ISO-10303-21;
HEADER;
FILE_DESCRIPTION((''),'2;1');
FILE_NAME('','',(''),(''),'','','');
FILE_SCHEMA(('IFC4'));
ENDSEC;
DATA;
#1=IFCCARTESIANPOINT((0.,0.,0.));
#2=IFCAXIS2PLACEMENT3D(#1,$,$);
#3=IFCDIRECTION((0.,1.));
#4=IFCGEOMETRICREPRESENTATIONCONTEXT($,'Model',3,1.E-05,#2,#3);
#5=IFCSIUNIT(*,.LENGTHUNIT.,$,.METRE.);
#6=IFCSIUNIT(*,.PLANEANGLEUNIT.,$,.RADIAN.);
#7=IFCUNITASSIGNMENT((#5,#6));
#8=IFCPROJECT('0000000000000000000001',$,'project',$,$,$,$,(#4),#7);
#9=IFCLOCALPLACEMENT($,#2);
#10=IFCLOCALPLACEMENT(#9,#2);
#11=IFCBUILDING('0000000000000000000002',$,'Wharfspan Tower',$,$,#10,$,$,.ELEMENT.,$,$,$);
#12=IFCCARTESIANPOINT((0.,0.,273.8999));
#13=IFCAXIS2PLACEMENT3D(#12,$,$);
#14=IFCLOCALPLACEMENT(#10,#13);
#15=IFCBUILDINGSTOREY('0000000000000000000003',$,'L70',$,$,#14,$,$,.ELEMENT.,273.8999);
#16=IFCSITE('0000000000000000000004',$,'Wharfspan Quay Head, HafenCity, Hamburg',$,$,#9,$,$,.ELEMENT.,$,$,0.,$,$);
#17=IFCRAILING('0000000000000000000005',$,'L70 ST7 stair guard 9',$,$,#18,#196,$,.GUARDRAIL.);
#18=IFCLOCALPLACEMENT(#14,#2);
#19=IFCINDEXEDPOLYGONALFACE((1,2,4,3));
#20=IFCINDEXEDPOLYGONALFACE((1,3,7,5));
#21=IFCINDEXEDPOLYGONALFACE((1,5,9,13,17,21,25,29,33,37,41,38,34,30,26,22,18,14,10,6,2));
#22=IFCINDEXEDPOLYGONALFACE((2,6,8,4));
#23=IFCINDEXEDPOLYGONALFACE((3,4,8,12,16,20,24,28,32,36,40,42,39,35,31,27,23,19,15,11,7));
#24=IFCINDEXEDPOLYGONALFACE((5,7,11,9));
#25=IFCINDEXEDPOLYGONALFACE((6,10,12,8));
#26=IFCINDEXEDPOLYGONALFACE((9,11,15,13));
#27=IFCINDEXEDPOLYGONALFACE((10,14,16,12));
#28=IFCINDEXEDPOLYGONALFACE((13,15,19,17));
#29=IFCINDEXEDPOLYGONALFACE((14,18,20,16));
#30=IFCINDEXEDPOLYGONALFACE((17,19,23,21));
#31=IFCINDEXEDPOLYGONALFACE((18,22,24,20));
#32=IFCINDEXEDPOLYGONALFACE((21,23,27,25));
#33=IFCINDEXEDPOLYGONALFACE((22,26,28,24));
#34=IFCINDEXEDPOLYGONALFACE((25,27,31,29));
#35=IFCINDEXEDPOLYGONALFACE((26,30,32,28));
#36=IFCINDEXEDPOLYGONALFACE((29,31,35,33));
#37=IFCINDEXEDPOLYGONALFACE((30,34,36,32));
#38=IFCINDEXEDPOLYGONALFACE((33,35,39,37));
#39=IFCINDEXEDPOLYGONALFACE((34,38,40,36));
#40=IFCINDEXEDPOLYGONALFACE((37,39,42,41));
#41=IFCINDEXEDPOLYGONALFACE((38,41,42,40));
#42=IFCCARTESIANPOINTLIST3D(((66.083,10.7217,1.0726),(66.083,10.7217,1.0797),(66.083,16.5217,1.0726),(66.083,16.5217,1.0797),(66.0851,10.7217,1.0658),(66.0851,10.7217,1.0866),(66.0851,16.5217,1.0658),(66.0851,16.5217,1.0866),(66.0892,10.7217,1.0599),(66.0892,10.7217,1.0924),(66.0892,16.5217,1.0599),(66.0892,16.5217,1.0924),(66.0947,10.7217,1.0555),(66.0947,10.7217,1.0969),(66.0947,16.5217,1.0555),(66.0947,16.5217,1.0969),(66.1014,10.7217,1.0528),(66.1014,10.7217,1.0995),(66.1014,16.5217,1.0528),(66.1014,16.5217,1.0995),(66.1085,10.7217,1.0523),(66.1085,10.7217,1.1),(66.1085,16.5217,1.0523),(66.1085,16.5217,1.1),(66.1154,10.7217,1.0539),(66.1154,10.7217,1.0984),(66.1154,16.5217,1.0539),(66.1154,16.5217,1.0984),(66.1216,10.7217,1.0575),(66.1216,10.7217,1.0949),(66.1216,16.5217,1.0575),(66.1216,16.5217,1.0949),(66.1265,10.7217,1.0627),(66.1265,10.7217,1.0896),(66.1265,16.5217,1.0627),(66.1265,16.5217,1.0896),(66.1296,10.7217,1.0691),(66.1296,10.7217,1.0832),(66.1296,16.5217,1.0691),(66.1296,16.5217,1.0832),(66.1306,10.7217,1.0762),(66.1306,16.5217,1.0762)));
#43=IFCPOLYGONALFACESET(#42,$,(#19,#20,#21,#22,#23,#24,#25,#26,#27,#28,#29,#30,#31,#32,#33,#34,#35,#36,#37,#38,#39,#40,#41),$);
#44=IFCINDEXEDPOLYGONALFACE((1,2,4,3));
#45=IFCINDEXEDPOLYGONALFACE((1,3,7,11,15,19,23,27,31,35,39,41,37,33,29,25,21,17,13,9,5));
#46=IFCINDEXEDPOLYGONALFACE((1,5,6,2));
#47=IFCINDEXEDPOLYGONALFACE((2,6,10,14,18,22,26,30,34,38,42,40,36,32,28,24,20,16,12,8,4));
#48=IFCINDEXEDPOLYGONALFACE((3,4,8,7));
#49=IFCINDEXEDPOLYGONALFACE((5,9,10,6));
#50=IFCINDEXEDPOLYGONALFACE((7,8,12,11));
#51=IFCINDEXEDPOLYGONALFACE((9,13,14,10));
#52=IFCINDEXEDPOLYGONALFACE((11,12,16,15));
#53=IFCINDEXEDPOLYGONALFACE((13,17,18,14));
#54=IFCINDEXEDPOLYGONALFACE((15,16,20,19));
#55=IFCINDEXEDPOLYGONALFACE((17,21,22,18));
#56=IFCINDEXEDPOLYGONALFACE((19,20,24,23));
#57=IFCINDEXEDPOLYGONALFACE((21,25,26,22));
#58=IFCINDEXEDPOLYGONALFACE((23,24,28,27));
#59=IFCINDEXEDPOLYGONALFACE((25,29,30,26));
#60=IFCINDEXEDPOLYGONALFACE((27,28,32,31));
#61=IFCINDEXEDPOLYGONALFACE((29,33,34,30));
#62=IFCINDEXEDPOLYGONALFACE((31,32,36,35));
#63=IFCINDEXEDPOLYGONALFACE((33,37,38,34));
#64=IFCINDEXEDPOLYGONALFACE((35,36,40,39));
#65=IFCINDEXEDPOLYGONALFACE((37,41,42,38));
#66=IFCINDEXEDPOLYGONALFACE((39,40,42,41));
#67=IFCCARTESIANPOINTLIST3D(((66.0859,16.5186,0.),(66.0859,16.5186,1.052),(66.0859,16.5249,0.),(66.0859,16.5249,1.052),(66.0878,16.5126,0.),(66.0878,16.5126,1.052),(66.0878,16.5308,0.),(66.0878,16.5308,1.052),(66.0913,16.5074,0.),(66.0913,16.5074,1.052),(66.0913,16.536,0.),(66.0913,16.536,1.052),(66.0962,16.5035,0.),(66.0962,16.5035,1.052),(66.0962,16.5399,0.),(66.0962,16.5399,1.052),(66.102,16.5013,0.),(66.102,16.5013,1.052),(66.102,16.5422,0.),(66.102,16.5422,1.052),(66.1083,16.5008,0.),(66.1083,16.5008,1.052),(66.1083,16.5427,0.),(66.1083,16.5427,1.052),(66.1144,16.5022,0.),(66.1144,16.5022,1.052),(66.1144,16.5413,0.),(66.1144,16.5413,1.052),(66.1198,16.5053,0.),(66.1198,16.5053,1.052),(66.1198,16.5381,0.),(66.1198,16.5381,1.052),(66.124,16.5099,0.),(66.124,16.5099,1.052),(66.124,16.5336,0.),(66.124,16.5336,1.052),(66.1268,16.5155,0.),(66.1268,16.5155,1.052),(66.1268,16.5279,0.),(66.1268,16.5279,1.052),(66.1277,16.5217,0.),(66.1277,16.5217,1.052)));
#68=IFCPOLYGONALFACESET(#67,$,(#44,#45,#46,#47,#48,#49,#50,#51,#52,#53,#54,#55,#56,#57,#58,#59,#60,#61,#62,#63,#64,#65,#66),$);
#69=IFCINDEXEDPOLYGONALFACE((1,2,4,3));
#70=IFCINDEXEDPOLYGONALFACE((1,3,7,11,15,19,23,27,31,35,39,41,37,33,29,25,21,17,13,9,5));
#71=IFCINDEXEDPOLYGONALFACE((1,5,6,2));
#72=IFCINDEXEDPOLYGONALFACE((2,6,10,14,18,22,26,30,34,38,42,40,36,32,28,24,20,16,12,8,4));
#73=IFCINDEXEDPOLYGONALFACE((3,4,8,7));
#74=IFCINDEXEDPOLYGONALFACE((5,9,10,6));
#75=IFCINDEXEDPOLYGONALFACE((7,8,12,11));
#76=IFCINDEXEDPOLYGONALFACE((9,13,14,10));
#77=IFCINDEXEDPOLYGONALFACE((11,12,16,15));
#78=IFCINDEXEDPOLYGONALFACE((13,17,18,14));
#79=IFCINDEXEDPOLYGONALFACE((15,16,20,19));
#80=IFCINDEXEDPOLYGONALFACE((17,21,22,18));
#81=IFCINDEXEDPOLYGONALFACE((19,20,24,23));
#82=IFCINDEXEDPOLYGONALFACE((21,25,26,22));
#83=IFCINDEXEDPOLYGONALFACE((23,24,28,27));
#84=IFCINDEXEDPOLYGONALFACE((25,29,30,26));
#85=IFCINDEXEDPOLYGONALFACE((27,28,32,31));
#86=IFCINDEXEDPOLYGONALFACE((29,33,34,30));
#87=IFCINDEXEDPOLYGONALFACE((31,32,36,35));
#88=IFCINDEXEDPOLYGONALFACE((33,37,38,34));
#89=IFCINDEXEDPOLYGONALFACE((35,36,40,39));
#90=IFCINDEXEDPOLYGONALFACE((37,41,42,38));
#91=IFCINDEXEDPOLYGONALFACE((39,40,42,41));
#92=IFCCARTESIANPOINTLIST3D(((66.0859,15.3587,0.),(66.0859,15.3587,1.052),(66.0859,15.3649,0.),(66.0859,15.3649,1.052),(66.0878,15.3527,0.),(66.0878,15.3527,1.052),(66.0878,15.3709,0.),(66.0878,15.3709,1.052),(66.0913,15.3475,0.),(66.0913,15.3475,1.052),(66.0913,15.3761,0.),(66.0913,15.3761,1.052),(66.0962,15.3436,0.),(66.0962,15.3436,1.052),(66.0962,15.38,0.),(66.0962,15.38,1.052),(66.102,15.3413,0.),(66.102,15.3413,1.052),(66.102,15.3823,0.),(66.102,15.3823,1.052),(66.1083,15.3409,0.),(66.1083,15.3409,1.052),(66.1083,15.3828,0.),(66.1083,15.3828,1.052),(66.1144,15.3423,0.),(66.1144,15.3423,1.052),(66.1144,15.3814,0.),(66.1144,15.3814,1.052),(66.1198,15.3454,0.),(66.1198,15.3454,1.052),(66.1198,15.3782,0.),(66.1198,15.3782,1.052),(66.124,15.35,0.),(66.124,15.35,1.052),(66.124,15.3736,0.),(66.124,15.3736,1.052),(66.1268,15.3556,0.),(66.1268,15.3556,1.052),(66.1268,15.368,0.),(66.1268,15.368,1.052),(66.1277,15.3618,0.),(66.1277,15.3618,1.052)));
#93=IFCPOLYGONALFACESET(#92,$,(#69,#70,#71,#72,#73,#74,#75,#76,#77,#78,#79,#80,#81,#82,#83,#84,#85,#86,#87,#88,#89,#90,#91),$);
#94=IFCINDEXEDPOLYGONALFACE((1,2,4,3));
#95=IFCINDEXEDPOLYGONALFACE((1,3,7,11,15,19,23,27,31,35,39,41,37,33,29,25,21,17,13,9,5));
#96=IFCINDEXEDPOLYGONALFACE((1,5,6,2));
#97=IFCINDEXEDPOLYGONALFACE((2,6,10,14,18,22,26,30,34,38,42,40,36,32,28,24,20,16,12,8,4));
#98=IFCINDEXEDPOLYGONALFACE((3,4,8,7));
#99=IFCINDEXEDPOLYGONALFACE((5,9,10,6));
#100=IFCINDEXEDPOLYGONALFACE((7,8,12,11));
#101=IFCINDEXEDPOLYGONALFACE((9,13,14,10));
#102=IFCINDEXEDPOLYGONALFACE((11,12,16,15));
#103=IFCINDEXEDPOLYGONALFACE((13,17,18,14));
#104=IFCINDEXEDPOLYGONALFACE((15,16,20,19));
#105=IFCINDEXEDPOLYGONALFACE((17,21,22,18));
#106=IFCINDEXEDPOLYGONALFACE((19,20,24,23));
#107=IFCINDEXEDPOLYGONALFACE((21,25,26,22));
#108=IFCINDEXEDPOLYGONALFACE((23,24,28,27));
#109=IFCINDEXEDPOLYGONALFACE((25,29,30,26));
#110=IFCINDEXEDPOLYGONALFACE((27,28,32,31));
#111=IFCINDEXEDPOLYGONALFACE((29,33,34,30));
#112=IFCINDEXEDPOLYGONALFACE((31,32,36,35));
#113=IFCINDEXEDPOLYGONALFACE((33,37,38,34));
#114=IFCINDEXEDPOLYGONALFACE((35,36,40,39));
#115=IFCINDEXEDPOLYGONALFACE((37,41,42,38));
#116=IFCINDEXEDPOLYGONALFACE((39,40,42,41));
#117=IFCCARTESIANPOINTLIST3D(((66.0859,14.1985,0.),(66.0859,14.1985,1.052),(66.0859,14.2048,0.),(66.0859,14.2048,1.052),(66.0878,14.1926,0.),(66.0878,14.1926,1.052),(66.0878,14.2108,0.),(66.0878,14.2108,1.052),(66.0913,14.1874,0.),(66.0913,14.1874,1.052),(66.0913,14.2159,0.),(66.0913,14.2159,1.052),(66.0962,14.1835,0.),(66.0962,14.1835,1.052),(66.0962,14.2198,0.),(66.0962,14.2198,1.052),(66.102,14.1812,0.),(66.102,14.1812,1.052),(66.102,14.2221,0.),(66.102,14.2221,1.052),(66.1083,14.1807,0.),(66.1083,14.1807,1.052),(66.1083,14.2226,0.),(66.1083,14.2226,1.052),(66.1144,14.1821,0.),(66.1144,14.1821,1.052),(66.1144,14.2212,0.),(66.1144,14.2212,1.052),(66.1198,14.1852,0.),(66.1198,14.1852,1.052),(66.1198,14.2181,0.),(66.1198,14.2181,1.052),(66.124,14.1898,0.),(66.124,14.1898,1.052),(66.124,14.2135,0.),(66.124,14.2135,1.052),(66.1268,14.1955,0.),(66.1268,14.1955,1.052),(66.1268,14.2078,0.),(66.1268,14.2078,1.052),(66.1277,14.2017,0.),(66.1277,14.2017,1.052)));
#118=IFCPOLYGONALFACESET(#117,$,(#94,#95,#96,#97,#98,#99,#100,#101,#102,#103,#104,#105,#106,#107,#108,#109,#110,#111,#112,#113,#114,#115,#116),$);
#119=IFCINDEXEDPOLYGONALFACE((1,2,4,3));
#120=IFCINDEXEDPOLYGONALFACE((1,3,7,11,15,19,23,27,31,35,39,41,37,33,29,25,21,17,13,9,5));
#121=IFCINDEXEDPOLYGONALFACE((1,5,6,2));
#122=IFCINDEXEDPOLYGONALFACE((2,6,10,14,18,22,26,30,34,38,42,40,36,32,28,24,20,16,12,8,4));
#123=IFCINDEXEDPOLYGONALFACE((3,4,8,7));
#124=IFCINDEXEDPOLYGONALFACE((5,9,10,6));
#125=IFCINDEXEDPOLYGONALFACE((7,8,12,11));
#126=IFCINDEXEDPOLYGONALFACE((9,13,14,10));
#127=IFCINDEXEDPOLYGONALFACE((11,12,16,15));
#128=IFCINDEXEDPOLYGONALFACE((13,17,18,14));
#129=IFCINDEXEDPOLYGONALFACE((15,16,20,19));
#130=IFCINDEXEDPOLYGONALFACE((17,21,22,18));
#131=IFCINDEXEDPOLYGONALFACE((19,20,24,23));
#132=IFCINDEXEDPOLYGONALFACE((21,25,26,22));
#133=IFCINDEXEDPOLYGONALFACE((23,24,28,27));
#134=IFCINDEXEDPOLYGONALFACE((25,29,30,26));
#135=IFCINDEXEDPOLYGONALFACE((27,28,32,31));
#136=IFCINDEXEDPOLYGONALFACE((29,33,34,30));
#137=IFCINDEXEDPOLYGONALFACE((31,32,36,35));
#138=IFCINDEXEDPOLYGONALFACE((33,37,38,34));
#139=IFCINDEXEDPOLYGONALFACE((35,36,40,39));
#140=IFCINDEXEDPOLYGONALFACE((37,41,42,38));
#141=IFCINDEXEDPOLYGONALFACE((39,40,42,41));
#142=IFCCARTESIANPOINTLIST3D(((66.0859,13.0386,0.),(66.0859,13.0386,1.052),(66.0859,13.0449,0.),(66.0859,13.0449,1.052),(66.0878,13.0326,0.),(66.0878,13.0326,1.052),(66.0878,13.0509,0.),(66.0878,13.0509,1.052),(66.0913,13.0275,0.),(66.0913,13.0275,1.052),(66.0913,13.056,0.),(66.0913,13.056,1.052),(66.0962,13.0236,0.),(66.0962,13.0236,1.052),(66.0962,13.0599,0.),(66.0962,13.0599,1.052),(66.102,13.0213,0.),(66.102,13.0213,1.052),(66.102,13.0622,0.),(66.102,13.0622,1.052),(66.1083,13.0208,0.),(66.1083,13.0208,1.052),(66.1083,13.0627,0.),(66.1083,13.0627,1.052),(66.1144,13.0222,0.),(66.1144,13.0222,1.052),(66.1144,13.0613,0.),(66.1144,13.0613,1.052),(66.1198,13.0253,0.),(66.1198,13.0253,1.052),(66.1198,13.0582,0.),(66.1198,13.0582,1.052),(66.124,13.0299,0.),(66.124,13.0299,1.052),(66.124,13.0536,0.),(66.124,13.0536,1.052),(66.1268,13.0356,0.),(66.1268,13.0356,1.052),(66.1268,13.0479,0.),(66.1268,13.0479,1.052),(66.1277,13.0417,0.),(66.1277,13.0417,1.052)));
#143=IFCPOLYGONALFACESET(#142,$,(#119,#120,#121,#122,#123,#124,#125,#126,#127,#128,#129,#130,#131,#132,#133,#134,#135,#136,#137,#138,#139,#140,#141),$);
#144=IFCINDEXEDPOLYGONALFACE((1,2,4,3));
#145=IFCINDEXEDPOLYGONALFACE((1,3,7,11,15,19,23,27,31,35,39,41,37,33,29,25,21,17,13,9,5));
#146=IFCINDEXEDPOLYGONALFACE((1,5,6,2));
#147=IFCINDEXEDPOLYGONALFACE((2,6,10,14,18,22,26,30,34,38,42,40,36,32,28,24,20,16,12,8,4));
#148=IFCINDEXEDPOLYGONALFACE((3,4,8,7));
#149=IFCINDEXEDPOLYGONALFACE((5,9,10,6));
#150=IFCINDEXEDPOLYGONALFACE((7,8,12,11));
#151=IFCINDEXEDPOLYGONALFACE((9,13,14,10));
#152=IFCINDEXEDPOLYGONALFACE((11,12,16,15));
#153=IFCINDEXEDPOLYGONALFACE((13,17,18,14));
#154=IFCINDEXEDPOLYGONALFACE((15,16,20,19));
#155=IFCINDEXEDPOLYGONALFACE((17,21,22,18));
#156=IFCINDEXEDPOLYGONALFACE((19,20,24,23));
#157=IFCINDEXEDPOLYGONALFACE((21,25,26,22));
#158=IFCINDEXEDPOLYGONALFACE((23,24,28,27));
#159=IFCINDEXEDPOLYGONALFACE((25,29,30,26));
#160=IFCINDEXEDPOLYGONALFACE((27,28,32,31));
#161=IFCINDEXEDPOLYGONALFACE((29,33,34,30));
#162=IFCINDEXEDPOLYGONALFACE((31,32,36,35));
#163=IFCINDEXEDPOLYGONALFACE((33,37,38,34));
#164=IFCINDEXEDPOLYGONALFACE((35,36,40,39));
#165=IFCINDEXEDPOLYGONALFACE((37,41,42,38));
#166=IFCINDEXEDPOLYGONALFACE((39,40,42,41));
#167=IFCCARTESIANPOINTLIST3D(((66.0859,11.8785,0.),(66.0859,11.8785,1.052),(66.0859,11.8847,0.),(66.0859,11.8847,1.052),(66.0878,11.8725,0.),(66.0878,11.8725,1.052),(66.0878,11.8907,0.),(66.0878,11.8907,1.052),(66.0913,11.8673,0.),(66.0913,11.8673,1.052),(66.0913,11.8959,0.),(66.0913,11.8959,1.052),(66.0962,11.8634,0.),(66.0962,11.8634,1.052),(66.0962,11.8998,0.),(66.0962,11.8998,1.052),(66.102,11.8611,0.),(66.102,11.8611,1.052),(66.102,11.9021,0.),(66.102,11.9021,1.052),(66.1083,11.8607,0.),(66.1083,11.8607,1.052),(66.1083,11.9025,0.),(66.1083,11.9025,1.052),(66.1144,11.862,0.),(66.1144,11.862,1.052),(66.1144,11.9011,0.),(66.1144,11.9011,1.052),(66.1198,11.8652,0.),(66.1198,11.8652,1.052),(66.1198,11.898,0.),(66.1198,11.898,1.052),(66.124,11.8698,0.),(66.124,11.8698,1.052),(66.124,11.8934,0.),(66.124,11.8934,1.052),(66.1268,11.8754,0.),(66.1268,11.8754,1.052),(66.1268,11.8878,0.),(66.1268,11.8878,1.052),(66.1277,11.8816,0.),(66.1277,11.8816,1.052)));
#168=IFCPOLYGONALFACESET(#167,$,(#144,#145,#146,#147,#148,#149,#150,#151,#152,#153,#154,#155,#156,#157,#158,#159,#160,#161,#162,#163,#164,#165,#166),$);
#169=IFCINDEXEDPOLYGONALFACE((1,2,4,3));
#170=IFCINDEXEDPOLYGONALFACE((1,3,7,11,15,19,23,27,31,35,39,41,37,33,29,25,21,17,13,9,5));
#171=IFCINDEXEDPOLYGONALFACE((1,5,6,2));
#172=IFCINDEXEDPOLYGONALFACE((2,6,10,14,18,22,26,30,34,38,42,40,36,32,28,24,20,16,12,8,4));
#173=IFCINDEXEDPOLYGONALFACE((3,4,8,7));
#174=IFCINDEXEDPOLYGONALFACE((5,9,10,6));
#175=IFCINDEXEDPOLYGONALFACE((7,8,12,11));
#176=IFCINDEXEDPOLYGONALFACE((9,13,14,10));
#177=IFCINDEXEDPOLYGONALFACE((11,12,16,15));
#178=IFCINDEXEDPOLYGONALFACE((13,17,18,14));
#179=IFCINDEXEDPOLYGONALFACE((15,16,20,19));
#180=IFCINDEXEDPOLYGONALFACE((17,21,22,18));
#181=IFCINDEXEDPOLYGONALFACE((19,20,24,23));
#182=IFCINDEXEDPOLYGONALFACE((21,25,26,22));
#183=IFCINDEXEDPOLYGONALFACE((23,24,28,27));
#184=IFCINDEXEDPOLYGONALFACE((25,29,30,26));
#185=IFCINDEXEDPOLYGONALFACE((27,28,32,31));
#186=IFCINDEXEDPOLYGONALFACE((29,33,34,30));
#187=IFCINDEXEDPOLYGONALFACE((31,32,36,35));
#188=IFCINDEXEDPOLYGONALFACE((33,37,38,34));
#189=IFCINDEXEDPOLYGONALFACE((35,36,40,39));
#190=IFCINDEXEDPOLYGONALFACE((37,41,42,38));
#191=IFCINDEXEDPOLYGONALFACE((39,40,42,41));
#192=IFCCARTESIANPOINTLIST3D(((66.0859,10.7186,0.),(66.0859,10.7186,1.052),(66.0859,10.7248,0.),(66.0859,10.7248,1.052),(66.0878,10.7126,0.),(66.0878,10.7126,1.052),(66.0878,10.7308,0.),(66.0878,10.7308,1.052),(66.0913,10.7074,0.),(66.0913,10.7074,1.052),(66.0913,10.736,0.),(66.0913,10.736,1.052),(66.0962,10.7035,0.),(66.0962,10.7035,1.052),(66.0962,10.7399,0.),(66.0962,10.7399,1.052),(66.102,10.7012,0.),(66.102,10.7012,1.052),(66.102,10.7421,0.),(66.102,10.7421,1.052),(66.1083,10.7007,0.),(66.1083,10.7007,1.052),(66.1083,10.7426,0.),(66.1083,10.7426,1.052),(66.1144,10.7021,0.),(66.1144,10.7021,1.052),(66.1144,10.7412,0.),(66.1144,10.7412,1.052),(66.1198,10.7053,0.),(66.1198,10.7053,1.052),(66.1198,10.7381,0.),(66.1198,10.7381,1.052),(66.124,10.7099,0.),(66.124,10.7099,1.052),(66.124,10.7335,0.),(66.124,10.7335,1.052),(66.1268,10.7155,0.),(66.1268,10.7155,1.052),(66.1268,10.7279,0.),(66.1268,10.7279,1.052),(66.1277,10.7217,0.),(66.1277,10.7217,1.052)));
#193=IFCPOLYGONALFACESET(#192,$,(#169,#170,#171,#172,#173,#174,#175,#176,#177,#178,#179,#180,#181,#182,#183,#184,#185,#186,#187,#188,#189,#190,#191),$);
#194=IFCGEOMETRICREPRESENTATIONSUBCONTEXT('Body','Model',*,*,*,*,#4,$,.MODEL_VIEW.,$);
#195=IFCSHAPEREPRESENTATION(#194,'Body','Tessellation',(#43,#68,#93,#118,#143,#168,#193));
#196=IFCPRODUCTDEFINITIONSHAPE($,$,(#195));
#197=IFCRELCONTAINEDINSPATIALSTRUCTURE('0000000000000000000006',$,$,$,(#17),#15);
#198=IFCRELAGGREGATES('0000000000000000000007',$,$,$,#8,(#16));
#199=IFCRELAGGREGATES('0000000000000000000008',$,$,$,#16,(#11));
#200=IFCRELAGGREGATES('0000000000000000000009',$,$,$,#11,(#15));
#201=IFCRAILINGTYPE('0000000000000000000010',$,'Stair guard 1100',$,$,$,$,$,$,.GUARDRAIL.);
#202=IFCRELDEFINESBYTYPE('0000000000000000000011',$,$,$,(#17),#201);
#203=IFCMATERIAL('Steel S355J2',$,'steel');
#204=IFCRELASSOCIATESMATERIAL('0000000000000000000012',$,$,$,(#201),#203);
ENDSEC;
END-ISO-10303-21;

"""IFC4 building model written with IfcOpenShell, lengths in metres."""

from ifc_helpers import new_model, si_unit, direction, frame, origin, origin_2d, place, context, subcontext, project, spatial, circle, extrude, material, type_object, element, save


model = new_model("IFC4")

# Units and contexts
model_context = context("Model", 3, precision=1e-05, world=origin(), true_north=direction((0.0, 1.0)))
body_context = subcontext(model_context, "Body", "Model", "MODEL_VIEW")
ifc_project = project(units=[si_unit("LENGTHUNIT", "METRE"), si_unit("PLANEANGLEUNIT", "RADIAN")], contexts=[model_context])

# Site, building, storey
site_placement = place(None, origin())
site = spatial("IfcSite", under=ifc_project, at=site_placement, Name="Wharfspan Quay Head, HafenCity, Hamburg", CompositionType="ELEMENT", RefElevation=0.0)
building_placement = place(site_placement, origin())
building = spatial("IfcBuilding", under=site, at=building_placement, Name="Wharfspan Tower", CompositionType="ELEMENT")
storey_placement = place(building_placement, frame((0.0, 0.0, 273.8999)))
storey = spatial("IfcBuildingStorey", under=building, at=storey_placement, Name="L70", CompositionType="ELEMENT", Elevation=273.8999)

# Shared definitions
ifc_material_1 = material(Name="Steel S355J2", Category="steel")

# Railing
railing_type_1 = type_object("IfcRailingType", Name="Stair guard 1100", PredefinedType="GUARDRAIL", material=ifc_material_1)
for number, where, name in (
    (1, (66.1067, 16.5217, 0.0), "L70 ST7 stair guard 9"),
):
    element("IfcRailing", number, at=place(storey_placement, frame(where)), inside=storey, type_object=railing_type_1, Name=name, PredefinedType="GUARDRAIL", context=body_context, shape_type="SweptSolid", body=[
        extrude(circle(Radius=0.0239, at=origin_2d()), frame((0.0, 0.0, 1.0762), z_axis=(0.0, -1.0, 0.0), x_axis=(1.0, 0.0, 0.0)), (0.0, 0.0, 1.0), 5.8),
        extrude(circle(Radius=0.021, at=origin_2d()), origin(), (0.0, 0.0, 1.0), 1.052),
        extrude(circle(Radius=0.021, at=origin_2d()), frame((0.0, -1.1599, 0.0)), (0.0, 0.0, 1.0), 1.052),
        extrude(circle(Radius=0.021, at=origin_2d()), frame((0.0, -2.3201, 0.0)), (0.0, 0.0, 1.0), 1.052),
        extrude(circle(Radius=0.021, at=origin_2d()), frame((0.0, -3.48, 0.0)), (0.0, 0.0, 1.0), 1.052),
        extrude(circle(Radius=0.021, at=origin_2d()), frame((0.0, -4.6401, 0.0)), (0.0, 0.0, 1.0), 1.052),
        extrude(circle(Radius=0.021, at=origin_2d()), frame((0.0, -5.8, 0.0)), (0.0, 0.0, 1.0), 1.052),
    ])

save(model, "model.ifc")
